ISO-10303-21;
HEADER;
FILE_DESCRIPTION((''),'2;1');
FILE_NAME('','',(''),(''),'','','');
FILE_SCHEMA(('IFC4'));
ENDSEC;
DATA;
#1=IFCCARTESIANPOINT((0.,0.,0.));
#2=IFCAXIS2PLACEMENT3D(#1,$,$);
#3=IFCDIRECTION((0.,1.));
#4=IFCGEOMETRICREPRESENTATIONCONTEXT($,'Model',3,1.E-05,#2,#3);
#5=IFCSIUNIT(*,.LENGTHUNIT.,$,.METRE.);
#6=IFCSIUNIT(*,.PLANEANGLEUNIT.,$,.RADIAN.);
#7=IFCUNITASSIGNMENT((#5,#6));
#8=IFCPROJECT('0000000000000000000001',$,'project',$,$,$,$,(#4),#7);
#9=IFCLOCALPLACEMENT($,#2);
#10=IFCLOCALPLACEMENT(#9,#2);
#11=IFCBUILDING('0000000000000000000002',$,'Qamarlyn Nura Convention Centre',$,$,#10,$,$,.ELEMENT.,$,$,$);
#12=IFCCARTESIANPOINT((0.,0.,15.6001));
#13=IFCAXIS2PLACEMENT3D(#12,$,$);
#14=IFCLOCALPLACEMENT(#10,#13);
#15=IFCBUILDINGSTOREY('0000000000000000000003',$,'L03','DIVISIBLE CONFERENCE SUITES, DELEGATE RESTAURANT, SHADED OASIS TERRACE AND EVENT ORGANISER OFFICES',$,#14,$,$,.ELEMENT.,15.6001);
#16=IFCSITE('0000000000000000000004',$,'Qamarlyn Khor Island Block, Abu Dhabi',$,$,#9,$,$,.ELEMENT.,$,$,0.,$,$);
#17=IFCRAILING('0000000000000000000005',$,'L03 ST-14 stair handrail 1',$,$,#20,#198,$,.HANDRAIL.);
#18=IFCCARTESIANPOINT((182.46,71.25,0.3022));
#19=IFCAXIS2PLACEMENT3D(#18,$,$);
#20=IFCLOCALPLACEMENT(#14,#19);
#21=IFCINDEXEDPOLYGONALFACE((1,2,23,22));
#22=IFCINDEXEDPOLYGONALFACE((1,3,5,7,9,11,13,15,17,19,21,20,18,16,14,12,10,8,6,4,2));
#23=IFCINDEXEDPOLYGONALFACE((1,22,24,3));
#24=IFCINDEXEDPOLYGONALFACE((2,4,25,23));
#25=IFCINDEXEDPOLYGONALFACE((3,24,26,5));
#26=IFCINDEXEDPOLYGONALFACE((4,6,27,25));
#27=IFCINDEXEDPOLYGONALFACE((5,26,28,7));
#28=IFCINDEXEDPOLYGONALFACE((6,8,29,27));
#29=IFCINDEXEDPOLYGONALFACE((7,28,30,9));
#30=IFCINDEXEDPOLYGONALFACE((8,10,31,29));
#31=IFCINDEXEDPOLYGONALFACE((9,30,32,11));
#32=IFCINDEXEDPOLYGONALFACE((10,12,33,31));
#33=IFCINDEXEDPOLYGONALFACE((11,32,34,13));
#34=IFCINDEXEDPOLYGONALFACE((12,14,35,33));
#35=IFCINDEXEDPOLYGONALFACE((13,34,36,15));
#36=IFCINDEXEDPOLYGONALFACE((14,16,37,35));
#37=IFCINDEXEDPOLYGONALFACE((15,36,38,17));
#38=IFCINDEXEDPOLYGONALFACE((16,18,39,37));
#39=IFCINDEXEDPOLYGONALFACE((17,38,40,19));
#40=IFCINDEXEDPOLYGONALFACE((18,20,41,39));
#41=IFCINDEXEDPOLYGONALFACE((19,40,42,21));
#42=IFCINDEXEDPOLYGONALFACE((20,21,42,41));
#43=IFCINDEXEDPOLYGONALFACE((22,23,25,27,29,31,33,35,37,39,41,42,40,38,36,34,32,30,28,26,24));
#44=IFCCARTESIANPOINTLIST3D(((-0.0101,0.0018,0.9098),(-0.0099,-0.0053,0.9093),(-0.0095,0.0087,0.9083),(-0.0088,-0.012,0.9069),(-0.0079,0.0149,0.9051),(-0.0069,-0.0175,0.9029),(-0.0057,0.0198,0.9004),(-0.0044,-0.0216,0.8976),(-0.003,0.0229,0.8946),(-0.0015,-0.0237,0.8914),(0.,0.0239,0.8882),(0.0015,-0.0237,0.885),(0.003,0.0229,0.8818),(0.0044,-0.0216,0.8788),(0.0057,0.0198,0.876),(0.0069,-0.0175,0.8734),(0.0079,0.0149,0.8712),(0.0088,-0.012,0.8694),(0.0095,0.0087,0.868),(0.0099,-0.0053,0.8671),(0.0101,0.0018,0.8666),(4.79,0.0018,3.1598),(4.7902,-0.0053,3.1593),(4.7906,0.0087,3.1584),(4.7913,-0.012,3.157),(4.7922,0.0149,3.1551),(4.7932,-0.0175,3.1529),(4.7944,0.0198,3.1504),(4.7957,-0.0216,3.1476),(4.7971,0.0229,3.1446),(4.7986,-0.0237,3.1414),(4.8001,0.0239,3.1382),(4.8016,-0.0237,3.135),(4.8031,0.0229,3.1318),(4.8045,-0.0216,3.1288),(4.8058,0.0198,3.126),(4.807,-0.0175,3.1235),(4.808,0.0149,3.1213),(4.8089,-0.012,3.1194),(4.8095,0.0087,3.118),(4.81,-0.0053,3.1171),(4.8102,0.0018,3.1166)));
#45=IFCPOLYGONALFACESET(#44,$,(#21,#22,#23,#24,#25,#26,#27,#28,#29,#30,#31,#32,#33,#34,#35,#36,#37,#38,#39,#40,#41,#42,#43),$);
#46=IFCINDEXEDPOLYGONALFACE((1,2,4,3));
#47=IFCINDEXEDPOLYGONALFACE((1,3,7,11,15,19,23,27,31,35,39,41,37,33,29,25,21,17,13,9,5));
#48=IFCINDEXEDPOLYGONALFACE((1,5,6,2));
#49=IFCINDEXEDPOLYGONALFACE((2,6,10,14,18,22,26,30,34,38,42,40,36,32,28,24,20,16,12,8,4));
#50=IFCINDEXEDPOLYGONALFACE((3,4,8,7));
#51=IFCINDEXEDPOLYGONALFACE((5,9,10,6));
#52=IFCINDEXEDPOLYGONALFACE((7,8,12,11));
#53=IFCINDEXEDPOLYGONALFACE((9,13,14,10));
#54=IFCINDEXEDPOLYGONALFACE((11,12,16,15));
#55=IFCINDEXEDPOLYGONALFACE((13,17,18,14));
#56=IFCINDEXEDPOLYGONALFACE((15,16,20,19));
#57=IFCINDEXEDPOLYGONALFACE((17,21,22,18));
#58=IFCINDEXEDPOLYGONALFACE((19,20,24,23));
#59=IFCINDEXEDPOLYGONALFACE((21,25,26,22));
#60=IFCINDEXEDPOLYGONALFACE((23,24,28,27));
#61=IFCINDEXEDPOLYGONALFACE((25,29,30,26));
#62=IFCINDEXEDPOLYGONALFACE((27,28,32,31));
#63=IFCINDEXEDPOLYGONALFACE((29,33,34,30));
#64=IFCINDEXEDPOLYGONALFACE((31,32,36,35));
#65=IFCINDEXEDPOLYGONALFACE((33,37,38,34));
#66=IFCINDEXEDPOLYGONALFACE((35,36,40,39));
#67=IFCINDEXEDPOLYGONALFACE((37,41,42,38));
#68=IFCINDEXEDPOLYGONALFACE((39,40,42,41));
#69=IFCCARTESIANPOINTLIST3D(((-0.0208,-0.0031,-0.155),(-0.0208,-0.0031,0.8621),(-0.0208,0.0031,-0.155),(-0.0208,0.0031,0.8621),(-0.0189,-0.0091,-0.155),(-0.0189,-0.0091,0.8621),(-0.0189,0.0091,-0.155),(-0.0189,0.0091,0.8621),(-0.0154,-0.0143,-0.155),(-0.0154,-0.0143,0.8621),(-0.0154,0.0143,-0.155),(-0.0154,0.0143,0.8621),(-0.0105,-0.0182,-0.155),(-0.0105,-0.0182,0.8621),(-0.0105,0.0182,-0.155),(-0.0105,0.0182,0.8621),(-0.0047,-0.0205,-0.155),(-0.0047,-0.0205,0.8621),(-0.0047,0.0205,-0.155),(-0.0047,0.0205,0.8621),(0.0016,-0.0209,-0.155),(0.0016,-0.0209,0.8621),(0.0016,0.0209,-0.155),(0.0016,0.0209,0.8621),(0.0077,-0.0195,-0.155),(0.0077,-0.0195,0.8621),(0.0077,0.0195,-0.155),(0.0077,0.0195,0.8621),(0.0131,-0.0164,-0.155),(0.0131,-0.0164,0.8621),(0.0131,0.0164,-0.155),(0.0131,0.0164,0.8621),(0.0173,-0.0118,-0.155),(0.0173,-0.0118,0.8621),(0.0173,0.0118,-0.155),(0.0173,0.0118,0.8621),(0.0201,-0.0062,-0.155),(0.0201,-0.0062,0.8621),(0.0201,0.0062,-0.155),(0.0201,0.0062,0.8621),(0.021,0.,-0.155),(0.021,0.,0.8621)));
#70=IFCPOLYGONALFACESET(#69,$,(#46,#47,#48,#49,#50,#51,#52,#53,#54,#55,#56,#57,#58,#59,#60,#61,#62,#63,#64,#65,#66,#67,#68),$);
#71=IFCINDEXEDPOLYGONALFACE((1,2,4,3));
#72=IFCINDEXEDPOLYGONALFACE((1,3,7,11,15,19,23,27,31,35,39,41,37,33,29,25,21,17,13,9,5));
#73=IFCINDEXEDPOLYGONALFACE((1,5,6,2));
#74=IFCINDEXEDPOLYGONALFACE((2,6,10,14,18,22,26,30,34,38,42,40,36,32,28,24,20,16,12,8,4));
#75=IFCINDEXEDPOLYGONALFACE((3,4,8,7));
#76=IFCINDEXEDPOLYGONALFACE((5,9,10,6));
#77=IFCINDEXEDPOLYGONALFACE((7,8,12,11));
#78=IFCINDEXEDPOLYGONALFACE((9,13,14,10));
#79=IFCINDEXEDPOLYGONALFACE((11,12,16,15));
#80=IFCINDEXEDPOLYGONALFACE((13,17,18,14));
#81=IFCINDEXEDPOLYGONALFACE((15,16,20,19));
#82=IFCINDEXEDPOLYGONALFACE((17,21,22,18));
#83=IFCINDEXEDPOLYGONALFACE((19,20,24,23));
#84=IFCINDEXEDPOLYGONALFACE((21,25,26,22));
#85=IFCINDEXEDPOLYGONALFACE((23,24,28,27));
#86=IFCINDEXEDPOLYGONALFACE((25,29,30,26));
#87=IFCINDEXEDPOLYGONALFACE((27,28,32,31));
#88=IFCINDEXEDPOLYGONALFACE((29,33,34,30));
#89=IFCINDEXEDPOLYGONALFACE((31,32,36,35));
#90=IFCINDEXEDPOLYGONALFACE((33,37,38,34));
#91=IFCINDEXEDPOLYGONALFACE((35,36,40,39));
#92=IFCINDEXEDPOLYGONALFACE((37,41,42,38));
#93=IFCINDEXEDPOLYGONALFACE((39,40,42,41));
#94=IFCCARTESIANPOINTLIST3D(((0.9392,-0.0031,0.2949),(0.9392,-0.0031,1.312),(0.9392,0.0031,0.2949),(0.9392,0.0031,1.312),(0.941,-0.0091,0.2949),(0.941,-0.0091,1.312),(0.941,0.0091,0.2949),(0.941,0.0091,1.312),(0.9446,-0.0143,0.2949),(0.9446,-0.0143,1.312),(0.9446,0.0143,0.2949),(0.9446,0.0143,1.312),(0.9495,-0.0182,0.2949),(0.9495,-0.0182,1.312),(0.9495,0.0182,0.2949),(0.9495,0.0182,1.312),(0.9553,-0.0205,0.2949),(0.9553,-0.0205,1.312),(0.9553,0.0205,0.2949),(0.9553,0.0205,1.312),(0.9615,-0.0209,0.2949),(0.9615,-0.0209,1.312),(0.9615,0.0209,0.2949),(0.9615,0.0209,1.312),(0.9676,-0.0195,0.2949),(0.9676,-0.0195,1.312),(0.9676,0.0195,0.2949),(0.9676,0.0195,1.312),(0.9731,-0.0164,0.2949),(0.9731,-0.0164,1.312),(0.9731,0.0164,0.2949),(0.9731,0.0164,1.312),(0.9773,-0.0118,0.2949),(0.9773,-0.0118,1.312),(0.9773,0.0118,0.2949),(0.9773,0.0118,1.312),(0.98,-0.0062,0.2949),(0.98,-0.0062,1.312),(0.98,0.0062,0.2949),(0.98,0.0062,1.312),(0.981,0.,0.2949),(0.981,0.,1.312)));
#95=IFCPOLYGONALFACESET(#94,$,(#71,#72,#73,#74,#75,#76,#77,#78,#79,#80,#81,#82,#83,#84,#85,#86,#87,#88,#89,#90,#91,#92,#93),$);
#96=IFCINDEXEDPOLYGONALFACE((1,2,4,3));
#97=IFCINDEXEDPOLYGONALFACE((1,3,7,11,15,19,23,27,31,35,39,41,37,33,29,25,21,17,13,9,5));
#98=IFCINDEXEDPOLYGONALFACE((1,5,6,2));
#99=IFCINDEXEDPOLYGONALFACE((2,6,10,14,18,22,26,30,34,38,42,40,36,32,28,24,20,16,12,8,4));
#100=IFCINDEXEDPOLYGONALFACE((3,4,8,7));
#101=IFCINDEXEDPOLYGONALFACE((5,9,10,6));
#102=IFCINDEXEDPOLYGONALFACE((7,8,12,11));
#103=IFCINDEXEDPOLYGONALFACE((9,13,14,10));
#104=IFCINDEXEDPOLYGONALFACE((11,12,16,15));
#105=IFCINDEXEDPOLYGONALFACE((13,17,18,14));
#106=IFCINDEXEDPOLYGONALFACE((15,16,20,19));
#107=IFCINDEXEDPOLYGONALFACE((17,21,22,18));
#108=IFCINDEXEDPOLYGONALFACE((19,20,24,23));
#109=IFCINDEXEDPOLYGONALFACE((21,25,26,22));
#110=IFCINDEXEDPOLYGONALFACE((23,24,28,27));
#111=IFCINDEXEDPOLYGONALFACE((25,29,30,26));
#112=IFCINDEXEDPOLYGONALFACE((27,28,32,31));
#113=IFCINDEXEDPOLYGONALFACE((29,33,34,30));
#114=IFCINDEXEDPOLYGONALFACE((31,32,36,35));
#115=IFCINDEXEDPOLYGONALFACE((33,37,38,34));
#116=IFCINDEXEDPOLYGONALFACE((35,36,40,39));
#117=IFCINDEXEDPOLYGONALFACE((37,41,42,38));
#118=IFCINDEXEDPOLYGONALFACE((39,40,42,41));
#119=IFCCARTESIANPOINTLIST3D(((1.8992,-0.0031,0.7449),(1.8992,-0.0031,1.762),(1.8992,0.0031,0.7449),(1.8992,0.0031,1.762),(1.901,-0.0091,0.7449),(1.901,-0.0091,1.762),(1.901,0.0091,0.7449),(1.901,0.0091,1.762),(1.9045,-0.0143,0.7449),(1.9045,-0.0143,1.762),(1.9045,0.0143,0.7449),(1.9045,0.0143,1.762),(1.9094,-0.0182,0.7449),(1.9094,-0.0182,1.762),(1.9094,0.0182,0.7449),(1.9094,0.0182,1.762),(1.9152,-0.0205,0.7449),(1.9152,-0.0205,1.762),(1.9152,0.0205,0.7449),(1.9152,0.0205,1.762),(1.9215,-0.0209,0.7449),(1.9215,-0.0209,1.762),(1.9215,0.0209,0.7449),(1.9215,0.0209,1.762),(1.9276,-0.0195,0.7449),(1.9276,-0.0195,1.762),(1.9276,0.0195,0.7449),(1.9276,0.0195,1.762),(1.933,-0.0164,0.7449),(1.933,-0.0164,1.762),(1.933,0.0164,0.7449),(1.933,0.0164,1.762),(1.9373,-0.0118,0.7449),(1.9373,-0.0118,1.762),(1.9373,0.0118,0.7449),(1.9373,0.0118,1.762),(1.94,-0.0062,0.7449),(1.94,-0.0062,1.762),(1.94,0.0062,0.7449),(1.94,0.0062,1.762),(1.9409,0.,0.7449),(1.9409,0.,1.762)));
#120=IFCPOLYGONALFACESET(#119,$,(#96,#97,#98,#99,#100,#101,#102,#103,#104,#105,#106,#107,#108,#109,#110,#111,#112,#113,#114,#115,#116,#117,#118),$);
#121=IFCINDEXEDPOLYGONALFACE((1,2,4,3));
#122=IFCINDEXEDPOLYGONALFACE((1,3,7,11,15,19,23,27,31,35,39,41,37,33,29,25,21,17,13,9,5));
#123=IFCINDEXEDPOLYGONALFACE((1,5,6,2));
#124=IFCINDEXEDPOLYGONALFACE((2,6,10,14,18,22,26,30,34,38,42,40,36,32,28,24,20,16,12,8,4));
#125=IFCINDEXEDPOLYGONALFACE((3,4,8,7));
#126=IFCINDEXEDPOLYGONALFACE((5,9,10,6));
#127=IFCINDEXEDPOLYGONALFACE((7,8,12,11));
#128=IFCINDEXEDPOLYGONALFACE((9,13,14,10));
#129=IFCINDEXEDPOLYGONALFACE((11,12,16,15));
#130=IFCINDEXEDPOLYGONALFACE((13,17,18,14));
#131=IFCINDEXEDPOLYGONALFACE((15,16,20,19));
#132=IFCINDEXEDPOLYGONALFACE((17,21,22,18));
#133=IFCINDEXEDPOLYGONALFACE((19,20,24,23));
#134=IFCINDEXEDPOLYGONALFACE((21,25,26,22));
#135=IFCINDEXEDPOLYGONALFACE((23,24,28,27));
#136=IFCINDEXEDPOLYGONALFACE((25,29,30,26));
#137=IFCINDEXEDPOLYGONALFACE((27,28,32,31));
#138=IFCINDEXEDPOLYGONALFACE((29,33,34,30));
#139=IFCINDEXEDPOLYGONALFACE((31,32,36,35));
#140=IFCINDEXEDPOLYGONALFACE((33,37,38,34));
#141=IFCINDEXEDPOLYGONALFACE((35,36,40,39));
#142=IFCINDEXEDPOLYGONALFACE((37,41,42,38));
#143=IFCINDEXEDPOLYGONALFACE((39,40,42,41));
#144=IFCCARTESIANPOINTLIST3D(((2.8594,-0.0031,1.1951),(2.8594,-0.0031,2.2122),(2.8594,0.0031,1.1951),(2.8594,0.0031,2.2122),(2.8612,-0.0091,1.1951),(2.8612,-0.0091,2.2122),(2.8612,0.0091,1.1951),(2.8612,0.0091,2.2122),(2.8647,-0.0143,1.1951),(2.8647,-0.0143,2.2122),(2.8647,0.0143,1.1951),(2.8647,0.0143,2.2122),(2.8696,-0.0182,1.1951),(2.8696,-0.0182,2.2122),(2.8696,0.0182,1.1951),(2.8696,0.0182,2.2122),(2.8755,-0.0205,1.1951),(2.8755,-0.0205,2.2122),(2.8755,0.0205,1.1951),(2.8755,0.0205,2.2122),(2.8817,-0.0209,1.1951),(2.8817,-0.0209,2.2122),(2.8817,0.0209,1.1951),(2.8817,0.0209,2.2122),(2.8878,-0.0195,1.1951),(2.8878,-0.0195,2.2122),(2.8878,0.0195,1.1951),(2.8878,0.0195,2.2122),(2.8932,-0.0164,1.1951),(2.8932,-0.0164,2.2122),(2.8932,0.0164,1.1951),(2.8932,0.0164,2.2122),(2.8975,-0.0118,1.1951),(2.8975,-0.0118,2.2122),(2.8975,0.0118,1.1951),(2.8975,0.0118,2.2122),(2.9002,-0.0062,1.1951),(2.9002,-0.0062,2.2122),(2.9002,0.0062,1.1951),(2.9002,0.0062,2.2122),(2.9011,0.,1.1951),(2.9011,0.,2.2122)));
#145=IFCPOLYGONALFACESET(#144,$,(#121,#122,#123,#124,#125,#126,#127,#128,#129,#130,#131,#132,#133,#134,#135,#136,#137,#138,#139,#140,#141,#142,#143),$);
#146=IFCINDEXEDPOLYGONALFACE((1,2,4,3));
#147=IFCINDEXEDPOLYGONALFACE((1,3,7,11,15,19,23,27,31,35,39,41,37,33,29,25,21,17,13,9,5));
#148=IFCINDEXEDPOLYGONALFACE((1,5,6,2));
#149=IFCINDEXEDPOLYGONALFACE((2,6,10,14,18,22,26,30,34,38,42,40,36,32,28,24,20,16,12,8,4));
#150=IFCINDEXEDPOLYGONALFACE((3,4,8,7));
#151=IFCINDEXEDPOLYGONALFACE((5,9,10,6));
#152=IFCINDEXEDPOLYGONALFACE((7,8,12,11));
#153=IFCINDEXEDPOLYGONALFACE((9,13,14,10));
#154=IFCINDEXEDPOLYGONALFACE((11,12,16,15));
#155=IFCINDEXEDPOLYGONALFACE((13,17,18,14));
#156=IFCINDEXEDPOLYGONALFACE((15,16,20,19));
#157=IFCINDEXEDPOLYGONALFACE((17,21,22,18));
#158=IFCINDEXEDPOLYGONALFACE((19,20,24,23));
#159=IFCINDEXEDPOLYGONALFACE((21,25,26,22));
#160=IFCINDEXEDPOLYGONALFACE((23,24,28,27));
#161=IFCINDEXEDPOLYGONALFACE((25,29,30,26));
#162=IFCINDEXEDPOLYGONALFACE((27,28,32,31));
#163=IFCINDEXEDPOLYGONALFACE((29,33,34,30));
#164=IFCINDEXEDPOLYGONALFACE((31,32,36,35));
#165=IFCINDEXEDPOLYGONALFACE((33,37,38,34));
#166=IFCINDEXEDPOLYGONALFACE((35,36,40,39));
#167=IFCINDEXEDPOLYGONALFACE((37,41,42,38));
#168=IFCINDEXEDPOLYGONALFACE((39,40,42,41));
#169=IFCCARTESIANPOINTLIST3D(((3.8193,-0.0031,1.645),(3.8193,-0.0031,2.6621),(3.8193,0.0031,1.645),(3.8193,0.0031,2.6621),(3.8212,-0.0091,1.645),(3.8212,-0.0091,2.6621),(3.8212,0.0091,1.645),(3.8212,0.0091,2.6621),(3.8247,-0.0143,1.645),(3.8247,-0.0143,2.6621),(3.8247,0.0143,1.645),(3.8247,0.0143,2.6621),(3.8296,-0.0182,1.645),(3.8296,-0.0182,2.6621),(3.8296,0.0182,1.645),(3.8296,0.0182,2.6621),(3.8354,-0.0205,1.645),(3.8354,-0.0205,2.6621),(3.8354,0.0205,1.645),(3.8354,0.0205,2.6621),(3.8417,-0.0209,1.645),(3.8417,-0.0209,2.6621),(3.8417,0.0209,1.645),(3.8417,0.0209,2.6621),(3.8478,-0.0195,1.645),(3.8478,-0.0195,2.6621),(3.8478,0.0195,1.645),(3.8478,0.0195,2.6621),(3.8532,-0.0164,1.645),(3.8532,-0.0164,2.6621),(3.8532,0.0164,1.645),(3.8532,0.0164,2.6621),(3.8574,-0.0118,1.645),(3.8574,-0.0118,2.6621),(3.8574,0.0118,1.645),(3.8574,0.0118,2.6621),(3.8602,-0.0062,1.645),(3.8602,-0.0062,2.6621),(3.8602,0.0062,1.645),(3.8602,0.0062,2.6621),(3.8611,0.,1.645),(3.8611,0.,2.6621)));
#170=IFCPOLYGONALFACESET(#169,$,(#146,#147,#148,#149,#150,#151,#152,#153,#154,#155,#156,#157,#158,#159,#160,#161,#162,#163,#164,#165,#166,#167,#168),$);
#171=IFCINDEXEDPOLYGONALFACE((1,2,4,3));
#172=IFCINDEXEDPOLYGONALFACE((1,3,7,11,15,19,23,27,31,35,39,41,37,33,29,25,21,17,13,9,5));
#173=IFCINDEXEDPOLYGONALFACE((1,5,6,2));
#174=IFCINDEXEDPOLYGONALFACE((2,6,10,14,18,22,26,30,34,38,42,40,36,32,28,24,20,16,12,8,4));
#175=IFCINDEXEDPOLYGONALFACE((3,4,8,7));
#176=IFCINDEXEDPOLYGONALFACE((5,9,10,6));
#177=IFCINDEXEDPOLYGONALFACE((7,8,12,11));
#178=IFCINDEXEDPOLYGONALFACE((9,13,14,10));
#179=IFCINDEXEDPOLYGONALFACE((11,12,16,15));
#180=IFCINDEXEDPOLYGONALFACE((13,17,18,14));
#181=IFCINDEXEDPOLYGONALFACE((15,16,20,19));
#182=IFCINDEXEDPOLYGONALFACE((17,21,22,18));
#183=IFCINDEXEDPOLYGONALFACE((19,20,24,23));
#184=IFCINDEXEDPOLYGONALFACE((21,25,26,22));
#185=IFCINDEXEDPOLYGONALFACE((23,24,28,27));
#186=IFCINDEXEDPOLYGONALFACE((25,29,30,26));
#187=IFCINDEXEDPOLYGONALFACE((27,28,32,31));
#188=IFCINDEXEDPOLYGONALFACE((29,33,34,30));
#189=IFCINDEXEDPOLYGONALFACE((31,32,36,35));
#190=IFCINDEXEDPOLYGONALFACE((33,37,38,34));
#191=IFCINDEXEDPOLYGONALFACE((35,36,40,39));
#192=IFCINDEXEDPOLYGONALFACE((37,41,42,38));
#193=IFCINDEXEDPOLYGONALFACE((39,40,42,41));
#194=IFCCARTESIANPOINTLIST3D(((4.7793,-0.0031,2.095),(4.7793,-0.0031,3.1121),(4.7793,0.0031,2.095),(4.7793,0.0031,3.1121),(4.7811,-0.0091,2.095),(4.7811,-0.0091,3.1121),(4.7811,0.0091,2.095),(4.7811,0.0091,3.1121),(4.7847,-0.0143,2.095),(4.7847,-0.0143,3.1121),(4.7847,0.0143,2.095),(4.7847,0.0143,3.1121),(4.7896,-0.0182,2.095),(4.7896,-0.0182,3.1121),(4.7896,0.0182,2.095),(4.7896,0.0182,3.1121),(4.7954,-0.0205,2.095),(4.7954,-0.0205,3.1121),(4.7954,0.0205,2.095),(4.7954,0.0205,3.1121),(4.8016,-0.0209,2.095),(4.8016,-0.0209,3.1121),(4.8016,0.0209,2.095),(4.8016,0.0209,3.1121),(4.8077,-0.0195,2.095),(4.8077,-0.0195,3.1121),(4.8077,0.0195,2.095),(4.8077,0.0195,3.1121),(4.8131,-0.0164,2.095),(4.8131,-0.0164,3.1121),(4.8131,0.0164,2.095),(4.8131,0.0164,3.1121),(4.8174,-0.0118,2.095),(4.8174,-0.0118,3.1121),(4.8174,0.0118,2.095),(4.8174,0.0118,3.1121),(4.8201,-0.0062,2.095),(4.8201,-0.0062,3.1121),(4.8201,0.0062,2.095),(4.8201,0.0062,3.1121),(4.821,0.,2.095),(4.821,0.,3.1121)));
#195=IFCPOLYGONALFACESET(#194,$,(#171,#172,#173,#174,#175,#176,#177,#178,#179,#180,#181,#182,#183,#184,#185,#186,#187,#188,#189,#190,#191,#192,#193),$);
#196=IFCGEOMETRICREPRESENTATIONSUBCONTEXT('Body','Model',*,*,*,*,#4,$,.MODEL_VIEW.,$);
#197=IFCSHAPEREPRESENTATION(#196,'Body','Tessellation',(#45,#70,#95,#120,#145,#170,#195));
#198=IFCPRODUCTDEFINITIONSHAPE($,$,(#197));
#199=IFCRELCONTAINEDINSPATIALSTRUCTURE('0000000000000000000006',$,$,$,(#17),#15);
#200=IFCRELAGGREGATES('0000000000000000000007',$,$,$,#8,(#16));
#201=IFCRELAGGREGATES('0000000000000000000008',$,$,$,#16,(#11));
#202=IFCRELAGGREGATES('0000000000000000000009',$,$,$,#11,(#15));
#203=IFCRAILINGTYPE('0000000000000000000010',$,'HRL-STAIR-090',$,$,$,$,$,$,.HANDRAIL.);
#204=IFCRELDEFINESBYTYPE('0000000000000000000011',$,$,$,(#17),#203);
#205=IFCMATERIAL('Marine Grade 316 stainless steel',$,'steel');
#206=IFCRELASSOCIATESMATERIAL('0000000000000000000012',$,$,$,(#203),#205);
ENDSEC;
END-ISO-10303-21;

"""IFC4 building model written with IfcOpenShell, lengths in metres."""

from ifc_helpers import new_model, si_unit, direction, frame, origin, origin_2d, place, context, subcontext, project, spatial, circle, extrude, material, type_object, element, save


model = new_model("IFC4")

# Units and contexts
model_context = context("Model", 3, precision=1e-05, world=origin(), true_north=direction((0.0, 1.0)))
body_context = subcontext(model_context, "Body", "Model", "MODEL_VIEW")
ifc_project = project(units=[si_unit("LENGTHUNIT", "METRE"), si_unit("PLANEANGLEUNIT", "RADIAN")], contexts=[model_context])

# Site, building, storey
site_placement = place(None, origin())
site = spatial("IfcSite", under=ifc_project, at=site_placement, Name="Qamarlyn Khor Island Block, Abu Dhabi", CompositionType="ELEMENT", RefElevation=0.0)
building_placement = place(site_placement, origin())
building = spatial("IfcBuilding", under=site, at=building_placement, Name="Qamarlyn Nura Convention Centre", CompositionType="ELEMENT")
storey_placement = place(building_placement, frame((0.0, 0.0, 15.6001)))
storey = spatial("IfcBuildingStorey", under=building, at=storey_placement, Name="L03", Description="DIVISIBLE CONFERENCE SUITES, DELEGATE RESTAURANT, SHADED OASIS TERRACE AND EVENT ORGANISER OFFICES", CompositionType="ELEMENT", Elevation=15.6001)

# Railing
ifc_material_1 = material(Name="Marine Grade 316 stainless steel", Category="steel")
railing_type_1 = type_object("IfcRailingType", Name="HRL-STAIR-090", PredefinedType="HANDRAIL", material=ifc_material_1)
railing_1_placement = place(storey_placement, frame((182.46, 71.25, 0.3022)))
element("IfcRailing", 1, at=railing_1_placement, inside=storey, type_object=railing_type_1, Name="L03 ST-14 stair handrail 1", PredefinedType="HANDRAIL", context=body_context, shape_type="SweptSolid", body=[
    extrude(circle(Radius=0.0239, at=origin_2d()), frame((0.0, 0.0, 0.8882), z_axis=(0.905461, 0.0, 0.42443), x_axis=(0.0, 1.0, 0.0)), (0.0, 0.0, 1.0), 5.3013),
    extrude(circle(Radius=0.021, at=origin_2d()), frame((0.0, 0.0, -0.155)), (0.0, 0.0, 1.0), 1.0171),
    extrude(circle(Radius=0.021, at=origin_2d()), frame((0.96, 0.0, 0.2949)), (0.0, 0.0, 1.0), 1.0171),
    extrude(circle(Radius=0.021, at=origin_2d()), frame((1.9199, 0.0, 0.7449)), (0.0, 0.0, 1.0), 1.0171),
    extrude(circle(Radius=0.021, at=origin_2d()), frame((2.8801, 0.0, 1.1951)), (0.0, 0.0, 1.0), 1.0171),
    extrude(circle(Radius=0.021, at=origin_2d()), frame((3.8401, 0.0, 1.645)), (0.0, 0.0, 1.0), 1.0171),
    extrude(circle(Radius=0.021, at=origin_2d()), frame((4.8, 0.0, 2.095)), (0.0, 0.0, 1.0), 1.0171),
])

save(model, "model.ifc")
